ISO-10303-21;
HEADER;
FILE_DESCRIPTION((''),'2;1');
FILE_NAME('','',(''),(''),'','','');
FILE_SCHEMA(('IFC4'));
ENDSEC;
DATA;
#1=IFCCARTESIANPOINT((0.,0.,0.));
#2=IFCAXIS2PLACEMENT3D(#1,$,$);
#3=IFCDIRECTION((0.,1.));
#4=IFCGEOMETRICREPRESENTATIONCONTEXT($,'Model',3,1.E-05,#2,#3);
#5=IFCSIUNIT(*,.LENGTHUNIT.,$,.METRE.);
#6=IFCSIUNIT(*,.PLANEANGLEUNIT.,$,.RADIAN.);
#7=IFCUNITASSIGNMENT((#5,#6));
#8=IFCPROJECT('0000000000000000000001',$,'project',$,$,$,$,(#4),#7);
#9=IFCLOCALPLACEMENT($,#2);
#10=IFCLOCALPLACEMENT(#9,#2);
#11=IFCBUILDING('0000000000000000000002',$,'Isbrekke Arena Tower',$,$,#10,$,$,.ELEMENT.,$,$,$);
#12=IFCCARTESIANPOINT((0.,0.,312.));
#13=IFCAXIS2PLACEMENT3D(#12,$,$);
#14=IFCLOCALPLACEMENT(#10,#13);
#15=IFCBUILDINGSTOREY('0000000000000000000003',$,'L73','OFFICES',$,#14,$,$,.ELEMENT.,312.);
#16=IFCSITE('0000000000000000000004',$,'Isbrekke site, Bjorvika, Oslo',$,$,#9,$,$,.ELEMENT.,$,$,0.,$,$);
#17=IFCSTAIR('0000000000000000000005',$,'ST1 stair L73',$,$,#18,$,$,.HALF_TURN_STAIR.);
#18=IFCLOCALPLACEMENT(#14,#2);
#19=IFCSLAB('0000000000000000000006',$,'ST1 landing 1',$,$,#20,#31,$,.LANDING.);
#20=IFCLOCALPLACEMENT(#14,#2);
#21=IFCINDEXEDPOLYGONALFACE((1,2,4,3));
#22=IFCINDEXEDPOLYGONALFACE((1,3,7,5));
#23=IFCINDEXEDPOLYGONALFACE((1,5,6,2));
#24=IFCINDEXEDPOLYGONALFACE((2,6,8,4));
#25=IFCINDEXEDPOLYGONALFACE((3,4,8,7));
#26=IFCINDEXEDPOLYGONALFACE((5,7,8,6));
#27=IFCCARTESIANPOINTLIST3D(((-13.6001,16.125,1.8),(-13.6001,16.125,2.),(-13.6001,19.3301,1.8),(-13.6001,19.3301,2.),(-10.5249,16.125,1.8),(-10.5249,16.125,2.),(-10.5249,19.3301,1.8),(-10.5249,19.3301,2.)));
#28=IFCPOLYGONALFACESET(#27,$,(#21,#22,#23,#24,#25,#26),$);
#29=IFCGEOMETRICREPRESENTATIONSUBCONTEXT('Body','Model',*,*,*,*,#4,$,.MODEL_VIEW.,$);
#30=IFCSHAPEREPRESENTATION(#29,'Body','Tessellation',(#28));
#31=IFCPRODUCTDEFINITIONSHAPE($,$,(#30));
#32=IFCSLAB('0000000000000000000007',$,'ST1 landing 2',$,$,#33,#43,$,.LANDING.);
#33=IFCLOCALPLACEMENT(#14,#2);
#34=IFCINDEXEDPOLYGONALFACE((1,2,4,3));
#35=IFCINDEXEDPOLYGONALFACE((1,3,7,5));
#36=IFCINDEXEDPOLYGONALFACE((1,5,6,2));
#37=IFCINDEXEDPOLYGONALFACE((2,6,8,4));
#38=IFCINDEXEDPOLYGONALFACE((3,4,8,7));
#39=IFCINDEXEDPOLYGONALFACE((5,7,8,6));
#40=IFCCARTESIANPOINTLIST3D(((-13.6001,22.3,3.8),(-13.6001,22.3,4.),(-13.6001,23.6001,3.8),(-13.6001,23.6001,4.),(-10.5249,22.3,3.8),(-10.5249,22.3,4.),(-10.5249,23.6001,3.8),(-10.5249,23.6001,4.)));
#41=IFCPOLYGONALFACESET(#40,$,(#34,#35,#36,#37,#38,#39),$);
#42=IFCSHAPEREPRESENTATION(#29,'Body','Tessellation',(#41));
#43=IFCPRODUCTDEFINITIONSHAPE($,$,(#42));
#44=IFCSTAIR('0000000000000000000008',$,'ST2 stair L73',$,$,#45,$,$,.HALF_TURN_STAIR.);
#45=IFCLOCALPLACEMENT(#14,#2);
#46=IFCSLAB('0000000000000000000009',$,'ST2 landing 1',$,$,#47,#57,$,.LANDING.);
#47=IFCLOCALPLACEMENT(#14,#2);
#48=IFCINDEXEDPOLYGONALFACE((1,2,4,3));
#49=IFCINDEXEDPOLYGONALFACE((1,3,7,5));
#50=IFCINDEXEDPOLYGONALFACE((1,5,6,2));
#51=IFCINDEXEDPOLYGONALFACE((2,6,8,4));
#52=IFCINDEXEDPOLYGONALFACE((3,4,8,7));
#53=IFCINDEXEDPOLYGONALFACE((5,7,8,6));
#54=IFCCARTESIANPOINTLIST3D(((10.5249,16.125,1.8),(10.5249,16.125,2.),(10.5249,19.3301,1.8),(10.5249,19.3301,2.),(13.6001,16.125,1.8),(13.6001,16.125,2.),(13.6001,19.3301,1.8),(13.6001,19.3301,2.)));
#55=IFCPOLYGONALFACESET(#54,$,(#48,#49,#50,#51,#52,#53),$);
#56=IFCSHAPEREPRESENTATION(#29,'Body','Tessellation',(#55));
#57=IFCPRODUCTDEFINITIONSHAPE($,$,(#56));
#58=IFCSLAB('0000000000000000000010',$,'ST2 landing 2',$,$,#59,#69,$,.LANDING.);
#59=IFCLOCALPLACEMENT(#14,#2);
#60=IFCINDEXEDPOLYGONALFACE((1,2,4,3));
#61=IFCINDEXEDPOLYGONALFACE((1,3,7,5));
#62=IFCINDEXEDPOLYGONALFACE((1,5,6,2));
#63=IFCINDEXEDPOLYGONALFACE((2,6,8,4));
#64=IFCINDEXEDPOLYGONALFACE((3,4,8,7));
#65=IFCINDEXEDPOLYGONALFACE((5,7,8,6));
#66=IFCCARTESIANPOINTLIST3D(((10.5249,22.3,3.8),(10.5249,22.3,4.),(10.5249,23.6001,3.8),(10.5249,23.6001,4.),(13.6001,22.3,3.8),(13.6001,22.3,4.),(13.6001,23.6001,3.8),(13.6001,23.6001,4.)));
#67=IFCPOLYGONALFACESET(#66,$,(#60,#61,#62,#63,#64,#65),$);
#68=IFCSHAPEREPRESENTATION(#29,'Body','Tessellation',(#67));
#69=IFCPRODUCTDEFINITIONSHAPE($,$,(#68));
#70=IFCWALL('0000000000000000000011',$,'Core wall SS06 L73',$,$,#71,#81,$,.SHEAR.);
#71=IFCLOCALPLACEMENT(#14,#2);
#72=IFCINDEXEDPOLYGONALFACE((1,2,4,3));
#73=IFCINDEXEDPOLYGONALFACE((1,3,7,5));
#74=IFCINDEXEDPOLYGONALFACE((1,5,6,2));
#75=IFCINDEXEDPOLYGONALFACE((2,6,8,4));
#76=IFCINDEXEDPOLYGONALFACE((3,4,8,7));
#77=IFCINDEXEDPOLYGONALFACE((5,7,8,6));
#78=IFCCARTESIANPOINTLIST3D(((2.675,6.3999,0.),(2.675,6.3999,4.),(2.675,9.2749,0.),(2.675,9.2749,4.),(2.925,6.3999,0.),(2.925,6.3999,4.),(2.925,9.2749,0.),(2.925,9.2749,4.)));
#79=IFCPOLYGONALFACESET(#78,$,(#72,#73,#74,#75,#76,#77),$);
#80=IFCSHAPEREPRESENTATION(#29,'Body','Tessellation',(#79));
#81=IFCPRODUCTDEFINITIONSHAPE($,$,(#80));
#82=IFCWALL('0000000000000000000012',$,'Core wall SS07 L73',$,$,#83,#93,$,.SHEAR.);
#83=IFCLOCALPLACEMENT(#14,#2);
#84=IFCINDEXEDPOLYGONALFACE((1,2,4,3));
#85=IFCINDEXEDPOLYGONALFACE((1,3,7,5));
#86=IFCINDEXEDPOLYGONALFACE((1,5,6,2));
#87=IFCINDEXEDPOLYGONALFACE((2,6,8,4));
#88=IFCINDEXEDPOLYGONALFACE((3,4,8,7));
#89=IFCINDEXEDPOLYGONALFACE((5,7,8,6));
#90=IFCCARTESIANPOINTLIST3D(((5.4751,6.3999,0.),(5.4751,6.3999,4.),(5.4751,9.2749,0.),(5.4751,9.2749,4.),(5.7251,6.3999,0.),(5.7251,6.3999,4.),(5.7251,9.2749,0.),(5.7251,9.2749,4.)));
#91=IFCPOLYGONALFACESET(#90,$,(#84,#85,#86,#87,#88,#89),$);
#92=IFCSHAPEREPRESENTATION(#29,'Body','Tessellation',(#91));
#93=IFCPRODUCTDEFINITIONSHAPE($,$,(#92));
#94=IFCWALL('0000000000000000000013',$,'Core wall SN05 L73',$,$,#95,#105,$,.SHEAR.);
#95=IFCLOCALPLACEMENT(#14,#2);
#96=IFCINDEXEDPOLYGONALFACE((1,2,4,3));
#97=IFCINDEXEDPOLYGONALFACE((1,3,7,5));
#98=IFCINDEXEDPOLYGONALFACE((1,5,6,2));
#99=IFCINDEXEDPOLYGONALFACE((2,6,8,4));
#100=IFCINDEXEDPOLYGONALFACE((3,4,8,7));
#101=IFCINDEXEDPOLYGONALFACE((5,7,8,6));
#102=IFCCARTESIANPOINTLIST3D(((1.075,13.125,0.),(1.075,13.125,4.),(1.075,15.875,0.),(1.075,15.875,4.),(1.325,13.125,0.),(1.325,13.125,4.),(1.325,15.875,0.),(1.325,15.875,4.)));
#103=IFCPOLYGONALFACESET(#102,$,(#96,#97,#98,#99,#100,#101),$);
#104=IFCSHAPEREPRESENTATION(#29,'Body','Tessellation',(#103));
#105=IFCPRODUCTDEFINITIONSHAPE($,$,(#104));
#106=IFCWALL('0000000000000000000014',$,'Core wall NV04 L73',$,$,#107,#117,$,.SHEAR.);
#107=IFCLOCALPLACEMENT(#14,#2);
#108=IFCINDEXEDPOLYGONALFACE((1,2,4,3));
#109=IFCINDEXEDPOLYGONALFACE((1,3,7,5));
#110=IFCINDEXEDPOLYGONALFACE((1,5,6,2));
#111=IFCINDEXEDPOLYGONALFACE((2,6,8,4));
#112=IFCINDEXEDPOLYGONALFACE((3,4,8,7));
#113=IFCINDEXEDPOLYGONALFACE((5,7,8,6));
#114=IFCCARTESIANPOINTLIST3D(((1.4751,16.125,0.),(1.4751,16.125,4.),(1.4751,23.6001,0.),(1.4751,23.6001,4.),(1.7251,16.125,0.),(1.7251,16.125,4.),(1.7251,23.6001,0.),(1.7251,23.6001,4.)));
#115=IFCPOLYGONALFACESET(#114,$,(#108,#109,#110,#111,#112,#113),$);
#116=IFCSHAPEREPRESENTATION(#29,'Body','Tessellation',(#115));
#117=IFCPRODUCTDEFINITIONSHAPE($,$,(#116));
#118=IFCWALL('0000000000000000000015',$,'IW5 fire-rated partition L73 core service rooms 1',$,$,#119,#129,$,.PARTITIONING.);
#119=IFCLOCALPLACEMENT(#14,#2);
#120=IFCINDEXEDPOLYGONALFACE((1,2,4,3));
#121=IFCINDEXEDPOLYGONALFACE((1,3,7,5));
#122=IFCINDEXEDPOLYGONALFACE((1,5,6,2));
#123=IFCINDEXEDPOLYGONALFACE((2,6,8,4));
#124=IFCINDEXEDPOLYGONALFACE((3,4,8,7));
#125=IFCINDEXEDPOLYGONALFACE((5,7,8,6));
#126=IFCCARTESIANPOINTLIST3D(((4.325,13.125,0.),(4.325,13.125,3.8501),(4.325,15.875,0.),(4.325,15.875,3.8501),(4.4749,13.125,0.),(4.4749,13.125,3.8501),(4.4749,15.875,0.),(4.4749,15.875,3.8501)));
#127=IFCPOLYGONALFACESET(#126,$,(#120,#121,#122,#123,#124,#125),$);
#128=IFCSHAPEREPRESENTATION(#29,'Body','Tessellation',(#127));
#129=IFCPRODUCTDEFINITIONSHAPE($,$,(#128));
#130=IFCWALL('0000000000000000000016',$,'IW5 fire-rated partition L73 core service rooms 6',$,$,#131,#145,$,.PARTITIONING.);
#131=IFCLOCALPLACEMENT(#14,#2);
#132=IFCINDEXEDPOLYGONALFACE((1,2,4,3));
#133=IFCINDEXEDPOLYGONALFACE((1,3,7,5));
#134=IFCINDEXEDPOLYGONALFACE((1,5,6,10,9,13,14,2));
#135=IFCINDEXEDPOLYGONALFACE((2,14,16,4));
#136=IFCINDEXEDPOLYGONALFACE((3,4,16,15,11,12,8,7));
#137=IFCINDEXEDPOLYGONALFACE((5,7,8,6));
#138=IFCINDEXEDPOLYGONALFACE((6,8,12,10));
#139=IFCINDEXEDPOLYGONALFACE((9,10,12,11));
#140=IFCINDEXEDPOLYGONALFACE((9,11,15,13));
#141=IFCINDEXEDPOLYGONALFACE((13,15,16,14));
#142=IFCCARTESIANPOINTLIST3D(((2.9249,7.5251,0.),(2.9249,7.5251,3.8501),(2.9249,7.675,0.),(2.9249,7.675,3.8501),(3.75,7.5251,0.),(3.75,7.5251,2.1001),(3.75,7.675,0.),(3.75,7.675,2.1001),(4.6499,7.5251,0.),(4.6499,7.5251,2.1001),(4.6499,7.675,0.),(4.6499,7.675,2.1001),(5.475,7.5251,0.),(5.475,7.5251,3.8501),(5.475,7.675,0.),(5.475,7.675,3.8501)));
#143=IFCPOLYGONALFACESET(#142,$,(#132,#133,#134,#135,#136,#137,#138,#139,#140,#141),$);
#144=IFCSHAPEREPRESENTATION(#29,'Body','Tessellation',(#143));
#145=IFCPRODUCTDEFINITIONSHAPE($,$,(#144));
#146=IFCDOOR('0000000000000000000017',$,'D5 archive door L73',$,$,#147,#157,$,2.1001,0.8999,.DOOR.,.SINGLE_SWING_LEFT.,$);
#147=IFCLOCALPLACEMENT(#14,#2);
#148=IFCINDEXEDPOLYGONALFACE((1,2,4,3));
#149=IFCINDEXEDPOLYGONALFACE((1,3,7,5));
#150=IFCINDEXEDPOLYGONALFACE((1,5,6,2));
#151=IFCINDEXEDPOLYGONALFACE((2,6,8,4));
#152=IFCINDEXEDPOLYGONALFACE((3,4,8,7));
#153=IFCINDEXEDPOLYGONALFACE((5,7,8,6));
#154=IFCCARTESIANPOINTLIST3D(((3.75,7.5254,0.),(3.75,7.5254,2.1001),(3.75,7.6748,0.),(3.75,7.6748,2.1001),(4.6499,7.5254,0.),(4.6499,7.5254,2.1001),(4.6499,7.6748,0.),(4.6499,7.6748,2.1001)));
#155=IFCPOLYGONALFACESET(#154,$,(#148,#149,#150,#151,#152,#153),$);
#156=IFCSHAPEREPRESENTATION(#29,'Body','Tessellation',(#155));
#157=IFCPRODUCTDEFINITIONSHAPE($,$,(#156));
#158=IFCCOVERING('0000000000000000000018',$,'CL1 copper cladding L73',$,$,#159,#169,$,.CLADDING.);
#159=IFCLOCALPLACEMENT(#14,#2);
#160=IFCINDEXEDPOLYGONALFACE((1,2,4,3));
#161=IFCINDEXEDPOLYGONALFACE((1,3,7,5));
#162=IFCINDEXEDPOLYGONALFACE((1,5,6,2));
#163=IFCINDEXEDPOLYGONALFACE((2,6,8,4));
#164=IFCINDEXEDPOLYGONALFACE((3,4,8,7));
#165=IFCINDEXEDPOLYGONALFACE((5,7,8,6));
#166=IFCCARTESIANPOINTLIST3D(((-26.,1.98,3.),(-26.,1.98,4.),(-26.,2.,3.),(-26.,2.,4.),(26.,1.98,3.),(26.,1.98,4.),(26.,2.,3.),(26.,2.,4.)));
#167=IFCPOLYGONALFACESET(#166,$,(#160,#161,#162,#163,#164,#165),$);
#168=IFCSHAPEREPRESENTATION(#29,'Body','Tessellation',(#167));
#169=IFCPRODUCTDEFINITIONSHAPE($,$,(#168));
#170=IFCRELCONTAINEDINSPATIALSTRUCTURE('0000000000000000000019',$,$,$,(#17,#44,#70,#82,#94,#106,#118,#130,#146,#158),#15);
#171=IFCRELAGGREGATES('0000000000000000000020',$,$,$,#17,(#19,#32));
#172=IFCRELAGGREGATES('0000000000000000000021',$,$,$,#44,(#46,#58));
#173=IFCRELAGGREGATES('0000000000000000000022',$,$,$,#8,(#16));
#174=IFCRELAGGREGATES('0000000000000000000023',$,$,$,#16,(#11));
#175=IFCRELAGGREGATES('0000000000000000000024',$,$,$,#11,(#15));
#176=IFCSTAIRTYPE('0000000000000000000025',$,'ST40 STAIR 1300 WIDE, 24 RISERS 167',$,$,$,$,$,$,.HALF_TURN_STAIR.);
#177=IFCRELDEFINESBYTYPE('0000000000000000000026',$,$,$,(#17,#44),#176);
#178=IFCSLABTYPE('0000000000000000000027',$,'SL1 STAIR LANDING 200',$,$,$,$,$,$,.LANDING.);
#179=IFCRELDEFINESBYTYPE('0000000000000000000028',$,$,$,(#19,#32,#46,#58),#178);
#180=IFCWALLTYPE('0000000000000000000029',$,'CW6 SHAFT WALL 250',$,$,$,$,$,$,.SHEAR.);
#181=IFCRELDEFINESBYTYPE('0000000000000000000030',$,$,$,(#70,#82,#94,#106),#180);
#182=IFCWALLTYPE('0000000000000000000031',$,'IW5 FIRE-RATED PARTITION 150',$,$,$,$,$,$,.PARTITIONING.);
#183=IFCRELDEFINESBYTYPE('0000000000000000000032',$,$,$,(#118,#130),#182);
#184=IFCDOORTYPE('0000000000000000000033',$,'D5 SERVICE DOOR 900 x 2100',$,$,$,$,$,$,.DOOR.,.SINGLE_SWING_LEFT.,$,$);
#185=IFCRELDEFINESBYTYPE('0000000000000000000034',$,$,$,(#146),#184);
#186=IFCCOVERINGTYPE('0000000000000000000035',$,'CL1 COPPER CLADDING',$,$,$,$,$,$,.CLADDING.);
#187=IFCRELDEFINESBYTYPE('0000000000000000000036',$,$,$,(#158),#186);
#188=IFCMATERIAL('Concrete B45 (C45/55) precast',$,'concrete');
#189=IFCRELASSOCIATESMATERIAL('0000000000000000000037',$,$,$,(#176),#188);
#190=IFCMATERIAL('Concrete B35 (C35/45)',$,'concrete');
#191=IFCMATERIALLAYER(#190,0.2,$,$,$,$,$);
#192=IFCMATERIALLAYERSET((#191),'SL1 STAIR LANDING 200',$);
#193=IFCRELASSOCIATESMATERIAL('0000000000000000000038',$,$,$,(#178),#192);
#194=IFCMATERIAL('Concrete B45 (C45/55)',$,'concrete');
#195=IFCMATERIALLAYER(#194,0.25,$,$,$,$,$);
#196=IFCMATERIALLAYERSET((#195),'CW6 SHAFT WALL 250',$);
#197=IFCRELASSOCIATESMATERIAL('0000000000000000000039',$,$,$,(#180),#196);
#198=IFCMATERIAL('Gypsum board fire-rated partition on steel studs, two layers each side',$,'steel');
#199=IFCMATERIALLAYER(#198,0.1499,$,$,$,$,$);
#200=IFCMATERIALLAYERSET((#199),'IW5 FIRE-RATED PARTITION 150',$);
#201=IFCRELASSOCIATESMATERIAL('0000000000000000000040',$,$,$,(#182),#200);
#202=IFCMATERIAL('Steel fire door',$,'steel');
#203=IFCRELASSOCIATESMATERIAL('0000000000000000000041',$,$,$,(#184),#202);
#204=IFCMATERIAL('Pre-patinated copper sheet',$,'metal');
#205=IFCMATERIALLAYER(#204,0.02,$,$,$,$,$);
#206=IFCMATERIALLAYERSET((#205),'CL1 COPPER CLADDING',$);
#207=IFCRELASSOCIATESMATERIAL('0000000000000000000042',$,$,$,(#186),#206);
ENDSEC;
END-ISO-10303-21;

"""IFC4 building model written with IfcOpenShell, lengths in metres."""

from ifc_helpers import new_model, si_unit, direction, frame, frame_2d, origin, origin_2d, place, context, subcontext, project, spatial, polyline, rectangle, outline, extrude, material, layer, layer_set, type_object, element, fill, aggregate, save


model = new_model("IFC4")

# Units and contexts
model_context = context("Model", 3, precision=1e-05, world=origin(), true_north=direction((0.0, 1.0)))
body_context = subcontext(model_context, "Body", "Model", "MODEL_VIEW")
ifc_project = project(units=[si_unit("LENGTHUNIT", "METRE"), si_unit("PLANEANGLEUNIT", "RADIAN")], contexts=[model_context])

# Site, building, storey
site_placement = place(None, origin())
site = spatial("IfcSite", under=ifc_project, at=site_placement, Name="Isbrekke site, Bjorvika, Oslo", CompositionType="ELEMENT", RefElevation=0.0)
building_placement = place(site_placement, origin())
building = spatial("IfcBuilding", under=site, at=building_placement, Name="Isbrekke Arena Tower", CompositionType="ELEMENT")
storey_placement = place(building_placement, frame((0.0, 0.0, 312.0)))
storey = spatial("IfcBuildingStorey", under=building, at=storey_placement, Name="L73", Description="OFFICES", CompositionType="ELEMENT", Elevation=312.0)

# Stairs, slabs
ifc_material_1 = material(Name="Concrete B45 (C45/55) precast", Category="concrete")
stair_type = type_object("IfcStairType", Name="ST40 STAIR 1300 WIDE, 24 RISERS 167", PredefinedType="HALF_TURN_STAIR", material=ifc_material_1)
stair_1_placement = place(storey_placement, origin())
stair_1 = element("IfcStair", 1, at=stair_1_placement, inside=storey, type_object=stair_type, Name="ST1 stair L73", PredefinedType="HALF_TURN_STAIR")
ifc_material_2 = material(Name="Concrete B35 (C35/45)", Category="concrete")
ifc_layer_1 = layer(ifc_material_2, 0.2)
ifc_layer_set_1 = layer_set([ifc_layer_1], Name="SL1 STAIR LANDING 200")
slab_type_1 = type_object("IfcSlabType", Name="SL1 STAIR LANDING 200", PredefinedType="LANDING", material=ifc_layer_set_1)
slab_1_placement = place(storey_placement, frame((0.0, 0.0, 1.8)))
slab_1 = element("IfcSlab", 2, at=slab_1_placement, type_object=slab_type_1, Name="ST1 landing 1", PredefinedType="LANDING", context=body_context, shape_type="SweptSolid", body=[
    extrude(outline(polyline([(-13.6001, 16.125), (-10.5249, 16.125), (-10.5249, 19.3301), (-13.6001, 19.3301), (-13.6001, 16.125)])), origin(), (0.0, 0.0, 1.0), 0.2),
])
slab_2_placement = place(storey_placement, frame((0.0, 0.0, 3.8)))
slab_2 = element("IfcSlab", 3, at=slab_2_placement, type_object=slab_type_1, Name="ST1 landing 2", PredefinedType="LANDING", context=body_context, shape_type="SweptSolid", body=[
    extrude(outline(polyline([(-13.6001, 22.3), (-10.5249, 22.3), (-10.5249, 23.6001), (-13.6001, 23.6001), (-13.6001, 22.3)])), origin(), (0.0, 0.0, 1.0), 0.2),
])
aggregate(stair_1, [slab_1, slab_2])
stair_2_placement = place(storey_placement, origin())
stair_2 = element("IfcStair", 4, at=stair_2_placement, inside=storey, type_object=stair_type, Name="ST2 stair L73", PredefinedType="HALF_TURN_STAIR")
slab_3_placement = place(storey_placement, frame((0.0, 0.0, 1.8)))
slab_3 = element("IfcSlab", 5, at=slab_3_placement, type_object=slab_type_1, Name="ST2 landing 1", PredefinedType="LANDING", context=body_context, shape_type="SweptSolid", body=[
    extrude(outline(polyline([(10.5249, 16.125), (13.6001, 16.125), (13.6001, 19.3301), (10.5249, 19.3301), (10.5249, 16.125)])), origin(), (0.0, 0.0, 1.0), 0.2),
])
slab_4_placement = place(storey_placement, frame((0.0, 0.0, 3.8)))
slab_4 = element("IfcSlab", 6, at=slab_4_placement, type_object=slab_type_1, Name="ST2 landing 2", PredefinedType="LANDING", context=body_context, shape_type="SweptSolid", body=[
    extrude(outline(polyline([(10.5249, 22.3), (13.6001, 22.3), (13.6001, 23.6001), (10.5249, 23.6001), (10.5249, 22.3)])), origin(), (0.0, 0.0, 1.0), 0.2),
])
aggregate(stair_2, [slab_3, slab_4])

# Walls
ifc_material_3 = material(Name="Concrete B45 (C45/55)", Category="concrete")
ifc_layer_2 = layer(ifc_material_3, 0.25)
ifc_layer_set_2 = layer_set([ifc_layer_2], Name="CW6 SHAFT WALL 250")
wall_type_1 = type_object("IfcWallType", Name="CW6 SHAFT WALL 250", PredefinedType="SHEAR", material=ifc_layer_set_2)
for number, where, z_axis, x_axis, name in (
    (7, (2.8, 6.3999, 0.0), (0.0, 0.0, 1.0), (0.0, 1.0, 0.0), "Core wall SS06 L73"),
    (8, (5.6001, 6.3999, 0.0), (0.0, 0.0, 1.0), (0.0, 1.0, 0.0), "Core wall SS07 L73"),
):
    element("IfcWall", number, at=place(storey_placement, frame(where, z_axis=z_axis, x_axis=x_axis)), inside=storey, type_object=wall_type_1, Name=name, PredefinedType="SHEAR", context=body_context, shape_type="SweptSolid", body=[
        extrude(rectangle(XDim=2.875, YDim=0.25, at=frame_2d((1.4375, 0.0))), origin(), (0.0, 0.0, 1.0), 4.0),
    ])
wall_1_placement = place(storey_placement, frame((1.2, 13.125, 0.0), z_axis=(0.0, 0.0, 1.0), x_axis=(0.0, 1.0, 0.0)))
element("IfcWall", 9, at=wall_1_placement, inside=storey, type_object=wall_type_1, Name="Core wall SN05 L73", PredefinedType="SHEAR", context=body_context, shape_type="SweptSolid", body=[
    extrude(rectangle(XDim=2.75, YDim=0.25, at=frame_2d((1.375, 0.0))), origin(), (0.0, 0.0, 1.0), 4.0),
])
wall_2_placement = place(storey_placement, frame((1.6001, 16.125, 0.0), z_axis=(0.0, 0.0, 1.0), x_axis=(0.0, 1.0, 0.0)))
element("IfcWall", 10, at=wall_2_placement, inside=storey, type_object=wall_type_1, Name="Core wall NV04 L73", PredefinedType="SHEAR", context=body_context, shape_type="SweptSolid", body=[
    extrude(rectangle(XDim=7.4751, YDim=0.25, at=frame_2d((3.7375, 0.0))), origin(), (0.0, 0.0, 1.0), 4.0),
])
ifc_material_4 = material(Name="Gypsum board fire-rated partition on steel studs, two layers each side", Category="steel")
ifc_layer_3 = layer(ifc_material_4, 0.1499)
ifc_layer_set_3 = layer_set([ifc_layer_3], Name="IW5 FIRE-RATED PARTITION 150")
wall_type_2 = type_object("IfcWallType", Name="IW5 FIRE-RATED PARTITION 150", PredefinedType="PARTITIONING", material=ifc_layer_set_3)
wall_3_placement = place(storey_placement, frame((4.3999, 13.125, 0.0), z_axis=(0.0, 0.0, 1.0), x_axis=(0.0, 1.0, 0.0)))
element("IfcWall", 11, at=wall_3_placement, inside=storey, type_object=wall_type_2, Name="IW5 fire-rated partition L73 core service rooms 1", PredefinedType="PARTITIONING", context=body_context, shape_type="SweptSolid", body=[
    extrude(rectangle(XDim=2.75, YDim=0.1499, at=frame_2d((1.375, 0.0))), origin(), (0.0, 0.0, 1.0), 3.8501),
])

# Wall, opening, door
wall_4_placement = place(storey_placement, frame((2.925, 7.6001, 0.0), z_axis=(0.0, 0.0, 1.0), x_axis=(1.0, 0.0, 0.0)))
wall_4 = element("IfcWall", 12, at=wall_4_placement, inside=storey, type_object=wall_type_2, Name="IW5 fire-rated partition L73 core service rooms 6", PredefinedType="PARTITIONING", context=body_context, shape_type="SweptSolid", body=[
    extrude(rectangle(XDim=2.55, YDim=0.1499, at=frame_2d((1.2749, 0.0))), origin(), (0.0, 0.0, 1.0), 3.8501),
])
opening_placement = place(wall_4_placement, frame((0.825, 0.0, 0.0)))
opening = element("IfcOpeningElement", 13, at=opening_placement, cuts=wall_4, PredefinedType="OPENING", context=body_context, shape_type="SweptSolid", body=[
    extrude(rectangle(XDim=0.8999, YDim=2.1001, at=frame_2d((0.45, 1.05))), frame((0.0, 0.0898, 0.0), z_axis=(0.0, -1.0, 0.0), x_axis=(1.0, 0.0, 0.0)), (0.0, 0.0, 1.0), 0.1797),
])
ifc_material_5 = material(Name="Steel fire door", Category="steel")
door_type = type_object("IfcDoorType", Name="D5 SERVICE DOOR 900 x 2100", OperationType="SINGLE_SWING_LEFT", PredefinedType="DOOR", material=ifc_material_5)
door_placement = place(opening_placement, origin())
door = element("IfcDoor", 14, at=door_placement, inside=storey, type_object=door_type, Name="D5 archive door L73", OperationType="SINGLE_SWING_LEFT", OverallHeight=2.1001, OverallWidth=0.8999, PredefinedType="DOOR", context=body_context, shape_type="SweptSolid", body=[
    extrude(rectangle(XDim=0.8999, YDim=2.1001, at=frame_2d((0.45, 1.05))), frame((0.0, 0.0747, 0.0), z_axis=(0.0, -1.0, 0.0), x_axis=(1.0, 0.0, 0.0)), (0.0, 0.0, 1.0), 0.1494),
])
fill(opening, door)

# Covering
ifc_material_6 = material(Name="Pre-patinated copper sheet", Category="metal")
ifc_layer_4 = layer(ifc_material_6, 0.02)
ifc_layer_set_4 = layer_set([ifc_layer_4], Name="CL1 COPPER CLADDING")
covering_type = type_object("IfcCoveringType", Name="CL1 COPPER CLADDING", PredefinedType="CLADDING", material=ifc_layer_set_4)
covering_placement = place(storey_placement, frame((0.0, 1.99, 3.0), z_axis=(0.0, 0.0, 1.0), x_axis=(1.0, 0.0, 0.0)))
element("IfcCovering", 15, at=covering_placement, inside=storey, type_object=covering_type, Name="CL1 copper cladding L73", PredefinedType="CLADDING", context=body_context, shape_type="SweptSolid", body=[
    extrude(rectangle(XDim=52.0, YDim=0.02, at=origin_2d()), origin(), (0.0, 0.0, 1.0), 1.0),
])

save(model, "model.ifc")
